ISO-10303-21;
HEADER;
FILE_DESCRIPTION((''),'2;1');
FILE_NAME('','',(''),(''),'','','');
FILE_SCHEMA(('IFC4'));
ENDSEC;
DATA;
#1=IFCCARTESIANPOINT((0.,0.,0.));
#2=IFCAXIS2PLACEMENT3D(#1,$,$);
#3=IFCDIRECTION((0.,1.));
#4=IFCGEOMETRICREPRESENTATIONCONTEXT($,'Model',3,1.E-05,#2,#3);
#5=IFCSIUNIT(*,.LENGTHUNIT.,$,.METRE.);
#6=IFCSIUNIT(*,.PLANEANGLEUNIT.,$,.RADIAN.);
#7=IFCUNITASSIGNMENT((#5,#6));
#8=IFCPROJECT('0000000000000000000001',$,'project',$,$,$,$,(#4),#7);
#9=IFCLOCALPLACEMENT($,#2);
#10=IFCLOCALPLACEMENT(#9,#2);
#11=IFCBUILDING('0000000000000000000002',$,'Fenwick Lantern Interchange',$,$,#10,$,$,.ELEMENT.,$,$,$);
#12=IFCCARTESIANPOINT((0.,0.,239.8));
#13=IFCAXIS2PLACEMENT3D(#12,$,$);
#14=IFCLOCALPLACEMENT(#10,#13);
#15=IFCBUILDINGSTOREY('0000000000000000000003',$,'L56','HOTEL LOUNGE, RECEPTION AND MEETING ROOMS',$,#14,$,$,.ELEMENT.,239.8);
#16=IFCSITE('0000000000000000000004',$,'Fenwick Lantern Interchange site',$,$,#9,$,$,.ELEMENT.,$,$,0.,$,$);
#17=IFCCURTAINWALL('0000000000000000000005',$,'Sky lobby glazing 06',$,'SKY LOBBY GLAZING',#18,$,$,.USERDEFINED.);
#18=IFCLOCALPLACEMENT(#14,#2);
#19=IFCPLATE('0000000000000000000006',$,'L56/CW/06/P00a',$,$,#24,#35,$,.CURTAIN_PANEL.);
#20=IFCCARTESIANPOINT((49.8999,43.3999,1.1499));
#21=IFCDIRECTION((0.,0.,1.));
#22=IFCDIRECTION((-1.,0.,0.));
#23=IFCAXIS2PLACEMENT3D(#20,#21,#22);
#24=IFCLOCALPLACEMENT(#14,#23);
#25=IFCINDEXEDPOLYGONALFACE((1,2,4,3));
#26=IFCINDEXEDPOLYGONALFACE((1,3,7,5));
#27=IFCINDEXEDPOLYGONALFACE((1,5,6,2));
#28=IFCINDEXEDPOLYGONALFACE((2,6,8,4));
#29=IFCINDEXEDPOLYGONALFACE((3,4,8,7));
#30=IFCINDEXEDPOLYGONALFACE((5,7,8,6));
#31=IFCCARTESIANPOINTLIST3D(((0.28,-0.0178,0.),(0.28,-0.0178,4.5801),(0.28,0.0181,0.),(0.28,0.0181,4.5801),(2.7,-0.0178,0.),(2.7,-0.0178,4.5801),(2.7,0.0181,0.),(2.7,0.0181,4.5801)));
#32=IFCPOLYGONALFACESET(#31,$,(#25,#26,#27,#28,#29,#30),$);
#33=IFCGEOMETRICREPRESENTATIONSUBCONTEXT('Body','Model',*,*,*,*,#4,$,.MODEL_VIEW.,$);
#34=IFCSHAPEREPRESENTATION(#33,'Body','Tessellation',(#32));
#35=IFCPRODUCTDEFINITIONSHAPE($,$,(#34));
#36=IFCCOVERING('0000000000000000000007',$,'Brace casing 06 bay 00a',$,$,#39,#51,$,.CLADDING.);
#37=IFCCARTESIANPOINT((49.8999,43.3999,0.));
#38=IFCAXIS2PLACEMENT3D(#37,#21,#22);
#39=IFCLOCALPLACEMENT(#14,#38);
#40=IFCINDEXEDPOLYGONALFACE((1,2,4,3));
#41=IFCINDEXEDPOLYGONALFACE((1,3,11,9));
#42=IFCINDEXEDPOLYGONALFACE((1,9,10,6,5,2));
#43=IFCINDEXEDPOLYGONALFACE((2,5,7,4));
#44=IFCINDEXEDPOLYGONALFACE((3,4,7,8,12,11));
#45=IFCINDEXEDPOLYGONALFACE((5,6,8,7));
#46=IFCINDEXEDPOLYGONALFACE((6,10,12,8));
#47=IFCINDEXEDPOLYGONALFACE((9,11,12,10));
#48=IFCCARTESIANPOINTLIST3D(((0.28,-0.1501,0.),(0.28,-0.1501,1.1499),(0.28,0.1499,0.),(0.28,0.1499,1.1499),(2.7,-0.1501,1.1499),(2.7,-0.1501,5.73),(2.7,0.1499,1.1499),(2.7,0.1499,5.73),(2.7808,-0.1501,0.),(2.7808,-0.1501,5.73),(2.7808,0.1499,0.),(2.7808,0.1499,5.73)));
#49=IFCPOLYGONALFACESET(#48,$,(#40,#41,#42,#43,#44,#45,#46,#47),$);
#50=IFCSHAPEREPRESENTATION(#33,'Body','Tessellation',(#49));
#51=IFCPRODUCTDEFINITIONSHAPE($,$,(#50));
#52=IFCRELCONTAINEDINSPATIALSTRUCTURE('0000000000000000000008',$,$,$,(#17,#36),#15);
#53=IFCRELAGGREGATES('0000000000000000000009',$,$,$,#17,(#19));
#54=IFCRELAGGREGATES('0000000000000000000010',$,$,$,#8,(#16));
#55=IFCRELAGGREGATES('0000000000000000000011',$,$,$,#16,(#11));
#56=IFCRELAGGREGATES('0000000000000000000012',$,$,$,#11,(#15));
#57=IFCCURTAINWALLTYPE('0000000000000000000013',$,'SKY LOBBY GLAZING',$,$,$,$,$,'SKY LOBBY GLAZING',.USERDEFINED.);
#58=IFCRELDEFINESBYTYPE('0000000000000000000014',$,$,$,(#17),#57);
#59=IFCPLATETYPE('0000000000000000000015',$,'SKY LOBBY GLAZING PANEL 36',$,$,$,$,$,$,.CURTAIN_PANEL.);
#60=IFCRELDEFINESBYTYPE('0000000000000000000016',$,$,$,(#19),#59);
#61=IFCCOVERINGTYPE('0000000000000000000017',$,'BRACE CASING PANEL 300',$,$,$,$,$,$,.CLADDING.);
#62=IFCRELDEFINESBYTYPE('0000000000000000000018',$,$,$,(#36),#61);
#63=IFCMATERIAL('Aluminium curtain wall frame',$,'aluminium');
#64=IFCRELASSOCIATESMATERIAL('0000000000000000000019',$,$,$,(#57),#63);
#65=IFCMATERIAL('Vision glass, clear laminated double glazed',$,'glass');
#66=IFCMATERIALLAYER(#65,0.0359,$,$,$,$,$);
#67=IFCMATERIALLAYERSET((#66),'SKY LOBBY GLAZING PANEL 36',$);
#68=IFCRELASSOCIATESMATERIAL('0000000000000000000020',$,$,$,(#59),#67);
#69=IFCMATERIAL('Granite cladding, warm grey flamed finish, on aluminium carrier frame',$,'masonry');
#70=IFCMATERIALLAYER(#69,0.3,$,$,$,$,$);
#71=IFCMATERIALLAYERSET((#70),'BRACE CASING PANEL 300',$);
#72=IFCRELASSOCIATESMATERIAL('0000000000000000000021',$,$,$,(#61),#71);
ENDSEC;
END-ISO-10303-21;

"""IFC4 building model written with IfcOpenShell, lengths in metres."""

from ifc_helpers import new_model, si_unit, direction, frame, origin, place, context, subcontext, project, spatial, polyline, outline, extrude, material, layer, layer_set, type_object, element, aggregate, save


model = new_model("IFC4")

# Units and contexts
model_context = context("Model", 3, precision=1e-05, world=origin(), true_north=direction((0.0, 1.0)))
body_context = subcontext(model_context, "Body", "Model", "MODEL_VIEW")
ifc_project = project(units=[si_unit("LENGTHUNIT", "METRE"), si_unit("PLANEANGLEUNIT", "RADIAN")], contexts=[model_context])

# Site, building, storey
site_placement = place(None, origin())
site = spatial("IfcSite", under=ifc_project, at=site_placement, Name="Fenwick Lantern Interchange site", CompositionType="ELEMENT", RefElevation=0.0)
building_placement = place(site_placement, origin())
building = spatial("IfcBuilding", under=site, at=building_placement, Name="Fenwick Lantern Interchange", CompositionType="ELEMENT")
storey_placement = place(building_placement, frame((0.0, 0.0, 239.8)))
storey = spatial("IfcBuildingStorey", under=building, at=storey_placement, Name="L56", Description="HOTEL LOUNGE, RECEPTION AND MEETING ROOMS", CompositionType="ELEMENT", Elevation=239.8)

# Curtain wall
ifc_material_1 = material(Name="Aluminium curtain wall frame", Category="aluminium")
curtain_wall_type = type_object("IfcCurtainWallType", Name="SKY LOBBY GLAZING", ElementType="SKY LOBBY GLAZING", PredefinedType="USERDEFINED", material=ifc_material_1)
curtain_wall_1_placement = place(storey_placement, origin())
curtain_wall_1 = element("IfcCurtainWall", 1, at=curtain_wall_1_placement, inside=storey, type_object=curtain_wall_type, Name="Sky lobby glazing 06", ObjectType="SKY LOBBY GLAZING", PredefinedType="USERDEFINED")

# Plate
ifc_material_2 = material(Name="Vision glass, clear laminated double glazed", Category="glass")
ifc_layer_1 = layer(ifc_material_2, 0.0359)
ifc_layer_set_1 = layer_set([ifc_layer_1], Name="SKY LOBBY GLAZING PANEL 36")
plate_type = type_object("IfcPlateType", Name="SKY LOBBY GLAZING PANEL 36", PredefinedType="CURTAIN_PANEL", material=ifc_layer_set_1)
plate_1_placement = place(storey_placement, frame((49.8999, 43.3999, 1.1499), z_axis=(0.0, 0.0, 1.0), x_axis=(-1.0, 0.0, 0.0)))
plate_1 = element("IfcPlate", 2, at=plate_1_placement, type_object=plate_type, Name="L56/CW/06/P00a", PredefinedType="CURTAIN_PANEL", context=body_context, shape_type="SweptSolid", body=[
    extrude(outline(polyline([(0.28, 0.0), (2.7, 0.0), (2.7, 4.5801), (0.28, 4.5801), (0.28, 0.0)])), frame((0.0, 0.0181, 0.0), z_axis=(0.0, -1.0, 0.0), x_axis=(1.0, 0.0, 0.0)), (0.0, 0.0, 1.0), 0.0359),
])
aggregate(curtain_wall_1, [plate_1])

# Covering
ifc_material_3 = material(Name="Granite cladding, warm grey flamed finish, on aluminium carrier frame", Category="masonry")
ifc_layer_2 = layer(ifc_material_3, 0.3)
ifc_layer_set_2 = layer_set([ifc_layer_2], Name="BRACE CASING PANEL 300")
covering_type = type_object("IfcCoveringType", Name="BRACE CASING PANEL 300", PredefinedType="CLADDING", material=ifc_layer_set_2)
covering_placement = place(storey_placement, frame((49.8999, 43.3999, 0.0), z_axis=(0.0, 0.0, 1.0), x_axis=(-1.0, 0.0, 0.0)))
element("IfcCovering", 3, at=covering_placement, inside=storey, type_object=covering_type, Name="Brace casing 06 bay 00a", PredefinedType="CLADDING", context=body_context, shape_type="SweptSolid", body=[
    extrude(outline(polyline([(0.28, 0.0), (2.7808, 0.0), (2.7808, 5.73), (2.7, 5.73), (2.7, 1.1499), (0.28, 1.1499), (0.28, 0.0)])), frame((0.0, 0.1499, 0.0), z_axis=(0.0, -1.0, 0.0), x_axis=(1.0, 0.0, 0.0)), (0.0, 0.0, 1.0), 0.3),
])

save(model, "model.ifc")
